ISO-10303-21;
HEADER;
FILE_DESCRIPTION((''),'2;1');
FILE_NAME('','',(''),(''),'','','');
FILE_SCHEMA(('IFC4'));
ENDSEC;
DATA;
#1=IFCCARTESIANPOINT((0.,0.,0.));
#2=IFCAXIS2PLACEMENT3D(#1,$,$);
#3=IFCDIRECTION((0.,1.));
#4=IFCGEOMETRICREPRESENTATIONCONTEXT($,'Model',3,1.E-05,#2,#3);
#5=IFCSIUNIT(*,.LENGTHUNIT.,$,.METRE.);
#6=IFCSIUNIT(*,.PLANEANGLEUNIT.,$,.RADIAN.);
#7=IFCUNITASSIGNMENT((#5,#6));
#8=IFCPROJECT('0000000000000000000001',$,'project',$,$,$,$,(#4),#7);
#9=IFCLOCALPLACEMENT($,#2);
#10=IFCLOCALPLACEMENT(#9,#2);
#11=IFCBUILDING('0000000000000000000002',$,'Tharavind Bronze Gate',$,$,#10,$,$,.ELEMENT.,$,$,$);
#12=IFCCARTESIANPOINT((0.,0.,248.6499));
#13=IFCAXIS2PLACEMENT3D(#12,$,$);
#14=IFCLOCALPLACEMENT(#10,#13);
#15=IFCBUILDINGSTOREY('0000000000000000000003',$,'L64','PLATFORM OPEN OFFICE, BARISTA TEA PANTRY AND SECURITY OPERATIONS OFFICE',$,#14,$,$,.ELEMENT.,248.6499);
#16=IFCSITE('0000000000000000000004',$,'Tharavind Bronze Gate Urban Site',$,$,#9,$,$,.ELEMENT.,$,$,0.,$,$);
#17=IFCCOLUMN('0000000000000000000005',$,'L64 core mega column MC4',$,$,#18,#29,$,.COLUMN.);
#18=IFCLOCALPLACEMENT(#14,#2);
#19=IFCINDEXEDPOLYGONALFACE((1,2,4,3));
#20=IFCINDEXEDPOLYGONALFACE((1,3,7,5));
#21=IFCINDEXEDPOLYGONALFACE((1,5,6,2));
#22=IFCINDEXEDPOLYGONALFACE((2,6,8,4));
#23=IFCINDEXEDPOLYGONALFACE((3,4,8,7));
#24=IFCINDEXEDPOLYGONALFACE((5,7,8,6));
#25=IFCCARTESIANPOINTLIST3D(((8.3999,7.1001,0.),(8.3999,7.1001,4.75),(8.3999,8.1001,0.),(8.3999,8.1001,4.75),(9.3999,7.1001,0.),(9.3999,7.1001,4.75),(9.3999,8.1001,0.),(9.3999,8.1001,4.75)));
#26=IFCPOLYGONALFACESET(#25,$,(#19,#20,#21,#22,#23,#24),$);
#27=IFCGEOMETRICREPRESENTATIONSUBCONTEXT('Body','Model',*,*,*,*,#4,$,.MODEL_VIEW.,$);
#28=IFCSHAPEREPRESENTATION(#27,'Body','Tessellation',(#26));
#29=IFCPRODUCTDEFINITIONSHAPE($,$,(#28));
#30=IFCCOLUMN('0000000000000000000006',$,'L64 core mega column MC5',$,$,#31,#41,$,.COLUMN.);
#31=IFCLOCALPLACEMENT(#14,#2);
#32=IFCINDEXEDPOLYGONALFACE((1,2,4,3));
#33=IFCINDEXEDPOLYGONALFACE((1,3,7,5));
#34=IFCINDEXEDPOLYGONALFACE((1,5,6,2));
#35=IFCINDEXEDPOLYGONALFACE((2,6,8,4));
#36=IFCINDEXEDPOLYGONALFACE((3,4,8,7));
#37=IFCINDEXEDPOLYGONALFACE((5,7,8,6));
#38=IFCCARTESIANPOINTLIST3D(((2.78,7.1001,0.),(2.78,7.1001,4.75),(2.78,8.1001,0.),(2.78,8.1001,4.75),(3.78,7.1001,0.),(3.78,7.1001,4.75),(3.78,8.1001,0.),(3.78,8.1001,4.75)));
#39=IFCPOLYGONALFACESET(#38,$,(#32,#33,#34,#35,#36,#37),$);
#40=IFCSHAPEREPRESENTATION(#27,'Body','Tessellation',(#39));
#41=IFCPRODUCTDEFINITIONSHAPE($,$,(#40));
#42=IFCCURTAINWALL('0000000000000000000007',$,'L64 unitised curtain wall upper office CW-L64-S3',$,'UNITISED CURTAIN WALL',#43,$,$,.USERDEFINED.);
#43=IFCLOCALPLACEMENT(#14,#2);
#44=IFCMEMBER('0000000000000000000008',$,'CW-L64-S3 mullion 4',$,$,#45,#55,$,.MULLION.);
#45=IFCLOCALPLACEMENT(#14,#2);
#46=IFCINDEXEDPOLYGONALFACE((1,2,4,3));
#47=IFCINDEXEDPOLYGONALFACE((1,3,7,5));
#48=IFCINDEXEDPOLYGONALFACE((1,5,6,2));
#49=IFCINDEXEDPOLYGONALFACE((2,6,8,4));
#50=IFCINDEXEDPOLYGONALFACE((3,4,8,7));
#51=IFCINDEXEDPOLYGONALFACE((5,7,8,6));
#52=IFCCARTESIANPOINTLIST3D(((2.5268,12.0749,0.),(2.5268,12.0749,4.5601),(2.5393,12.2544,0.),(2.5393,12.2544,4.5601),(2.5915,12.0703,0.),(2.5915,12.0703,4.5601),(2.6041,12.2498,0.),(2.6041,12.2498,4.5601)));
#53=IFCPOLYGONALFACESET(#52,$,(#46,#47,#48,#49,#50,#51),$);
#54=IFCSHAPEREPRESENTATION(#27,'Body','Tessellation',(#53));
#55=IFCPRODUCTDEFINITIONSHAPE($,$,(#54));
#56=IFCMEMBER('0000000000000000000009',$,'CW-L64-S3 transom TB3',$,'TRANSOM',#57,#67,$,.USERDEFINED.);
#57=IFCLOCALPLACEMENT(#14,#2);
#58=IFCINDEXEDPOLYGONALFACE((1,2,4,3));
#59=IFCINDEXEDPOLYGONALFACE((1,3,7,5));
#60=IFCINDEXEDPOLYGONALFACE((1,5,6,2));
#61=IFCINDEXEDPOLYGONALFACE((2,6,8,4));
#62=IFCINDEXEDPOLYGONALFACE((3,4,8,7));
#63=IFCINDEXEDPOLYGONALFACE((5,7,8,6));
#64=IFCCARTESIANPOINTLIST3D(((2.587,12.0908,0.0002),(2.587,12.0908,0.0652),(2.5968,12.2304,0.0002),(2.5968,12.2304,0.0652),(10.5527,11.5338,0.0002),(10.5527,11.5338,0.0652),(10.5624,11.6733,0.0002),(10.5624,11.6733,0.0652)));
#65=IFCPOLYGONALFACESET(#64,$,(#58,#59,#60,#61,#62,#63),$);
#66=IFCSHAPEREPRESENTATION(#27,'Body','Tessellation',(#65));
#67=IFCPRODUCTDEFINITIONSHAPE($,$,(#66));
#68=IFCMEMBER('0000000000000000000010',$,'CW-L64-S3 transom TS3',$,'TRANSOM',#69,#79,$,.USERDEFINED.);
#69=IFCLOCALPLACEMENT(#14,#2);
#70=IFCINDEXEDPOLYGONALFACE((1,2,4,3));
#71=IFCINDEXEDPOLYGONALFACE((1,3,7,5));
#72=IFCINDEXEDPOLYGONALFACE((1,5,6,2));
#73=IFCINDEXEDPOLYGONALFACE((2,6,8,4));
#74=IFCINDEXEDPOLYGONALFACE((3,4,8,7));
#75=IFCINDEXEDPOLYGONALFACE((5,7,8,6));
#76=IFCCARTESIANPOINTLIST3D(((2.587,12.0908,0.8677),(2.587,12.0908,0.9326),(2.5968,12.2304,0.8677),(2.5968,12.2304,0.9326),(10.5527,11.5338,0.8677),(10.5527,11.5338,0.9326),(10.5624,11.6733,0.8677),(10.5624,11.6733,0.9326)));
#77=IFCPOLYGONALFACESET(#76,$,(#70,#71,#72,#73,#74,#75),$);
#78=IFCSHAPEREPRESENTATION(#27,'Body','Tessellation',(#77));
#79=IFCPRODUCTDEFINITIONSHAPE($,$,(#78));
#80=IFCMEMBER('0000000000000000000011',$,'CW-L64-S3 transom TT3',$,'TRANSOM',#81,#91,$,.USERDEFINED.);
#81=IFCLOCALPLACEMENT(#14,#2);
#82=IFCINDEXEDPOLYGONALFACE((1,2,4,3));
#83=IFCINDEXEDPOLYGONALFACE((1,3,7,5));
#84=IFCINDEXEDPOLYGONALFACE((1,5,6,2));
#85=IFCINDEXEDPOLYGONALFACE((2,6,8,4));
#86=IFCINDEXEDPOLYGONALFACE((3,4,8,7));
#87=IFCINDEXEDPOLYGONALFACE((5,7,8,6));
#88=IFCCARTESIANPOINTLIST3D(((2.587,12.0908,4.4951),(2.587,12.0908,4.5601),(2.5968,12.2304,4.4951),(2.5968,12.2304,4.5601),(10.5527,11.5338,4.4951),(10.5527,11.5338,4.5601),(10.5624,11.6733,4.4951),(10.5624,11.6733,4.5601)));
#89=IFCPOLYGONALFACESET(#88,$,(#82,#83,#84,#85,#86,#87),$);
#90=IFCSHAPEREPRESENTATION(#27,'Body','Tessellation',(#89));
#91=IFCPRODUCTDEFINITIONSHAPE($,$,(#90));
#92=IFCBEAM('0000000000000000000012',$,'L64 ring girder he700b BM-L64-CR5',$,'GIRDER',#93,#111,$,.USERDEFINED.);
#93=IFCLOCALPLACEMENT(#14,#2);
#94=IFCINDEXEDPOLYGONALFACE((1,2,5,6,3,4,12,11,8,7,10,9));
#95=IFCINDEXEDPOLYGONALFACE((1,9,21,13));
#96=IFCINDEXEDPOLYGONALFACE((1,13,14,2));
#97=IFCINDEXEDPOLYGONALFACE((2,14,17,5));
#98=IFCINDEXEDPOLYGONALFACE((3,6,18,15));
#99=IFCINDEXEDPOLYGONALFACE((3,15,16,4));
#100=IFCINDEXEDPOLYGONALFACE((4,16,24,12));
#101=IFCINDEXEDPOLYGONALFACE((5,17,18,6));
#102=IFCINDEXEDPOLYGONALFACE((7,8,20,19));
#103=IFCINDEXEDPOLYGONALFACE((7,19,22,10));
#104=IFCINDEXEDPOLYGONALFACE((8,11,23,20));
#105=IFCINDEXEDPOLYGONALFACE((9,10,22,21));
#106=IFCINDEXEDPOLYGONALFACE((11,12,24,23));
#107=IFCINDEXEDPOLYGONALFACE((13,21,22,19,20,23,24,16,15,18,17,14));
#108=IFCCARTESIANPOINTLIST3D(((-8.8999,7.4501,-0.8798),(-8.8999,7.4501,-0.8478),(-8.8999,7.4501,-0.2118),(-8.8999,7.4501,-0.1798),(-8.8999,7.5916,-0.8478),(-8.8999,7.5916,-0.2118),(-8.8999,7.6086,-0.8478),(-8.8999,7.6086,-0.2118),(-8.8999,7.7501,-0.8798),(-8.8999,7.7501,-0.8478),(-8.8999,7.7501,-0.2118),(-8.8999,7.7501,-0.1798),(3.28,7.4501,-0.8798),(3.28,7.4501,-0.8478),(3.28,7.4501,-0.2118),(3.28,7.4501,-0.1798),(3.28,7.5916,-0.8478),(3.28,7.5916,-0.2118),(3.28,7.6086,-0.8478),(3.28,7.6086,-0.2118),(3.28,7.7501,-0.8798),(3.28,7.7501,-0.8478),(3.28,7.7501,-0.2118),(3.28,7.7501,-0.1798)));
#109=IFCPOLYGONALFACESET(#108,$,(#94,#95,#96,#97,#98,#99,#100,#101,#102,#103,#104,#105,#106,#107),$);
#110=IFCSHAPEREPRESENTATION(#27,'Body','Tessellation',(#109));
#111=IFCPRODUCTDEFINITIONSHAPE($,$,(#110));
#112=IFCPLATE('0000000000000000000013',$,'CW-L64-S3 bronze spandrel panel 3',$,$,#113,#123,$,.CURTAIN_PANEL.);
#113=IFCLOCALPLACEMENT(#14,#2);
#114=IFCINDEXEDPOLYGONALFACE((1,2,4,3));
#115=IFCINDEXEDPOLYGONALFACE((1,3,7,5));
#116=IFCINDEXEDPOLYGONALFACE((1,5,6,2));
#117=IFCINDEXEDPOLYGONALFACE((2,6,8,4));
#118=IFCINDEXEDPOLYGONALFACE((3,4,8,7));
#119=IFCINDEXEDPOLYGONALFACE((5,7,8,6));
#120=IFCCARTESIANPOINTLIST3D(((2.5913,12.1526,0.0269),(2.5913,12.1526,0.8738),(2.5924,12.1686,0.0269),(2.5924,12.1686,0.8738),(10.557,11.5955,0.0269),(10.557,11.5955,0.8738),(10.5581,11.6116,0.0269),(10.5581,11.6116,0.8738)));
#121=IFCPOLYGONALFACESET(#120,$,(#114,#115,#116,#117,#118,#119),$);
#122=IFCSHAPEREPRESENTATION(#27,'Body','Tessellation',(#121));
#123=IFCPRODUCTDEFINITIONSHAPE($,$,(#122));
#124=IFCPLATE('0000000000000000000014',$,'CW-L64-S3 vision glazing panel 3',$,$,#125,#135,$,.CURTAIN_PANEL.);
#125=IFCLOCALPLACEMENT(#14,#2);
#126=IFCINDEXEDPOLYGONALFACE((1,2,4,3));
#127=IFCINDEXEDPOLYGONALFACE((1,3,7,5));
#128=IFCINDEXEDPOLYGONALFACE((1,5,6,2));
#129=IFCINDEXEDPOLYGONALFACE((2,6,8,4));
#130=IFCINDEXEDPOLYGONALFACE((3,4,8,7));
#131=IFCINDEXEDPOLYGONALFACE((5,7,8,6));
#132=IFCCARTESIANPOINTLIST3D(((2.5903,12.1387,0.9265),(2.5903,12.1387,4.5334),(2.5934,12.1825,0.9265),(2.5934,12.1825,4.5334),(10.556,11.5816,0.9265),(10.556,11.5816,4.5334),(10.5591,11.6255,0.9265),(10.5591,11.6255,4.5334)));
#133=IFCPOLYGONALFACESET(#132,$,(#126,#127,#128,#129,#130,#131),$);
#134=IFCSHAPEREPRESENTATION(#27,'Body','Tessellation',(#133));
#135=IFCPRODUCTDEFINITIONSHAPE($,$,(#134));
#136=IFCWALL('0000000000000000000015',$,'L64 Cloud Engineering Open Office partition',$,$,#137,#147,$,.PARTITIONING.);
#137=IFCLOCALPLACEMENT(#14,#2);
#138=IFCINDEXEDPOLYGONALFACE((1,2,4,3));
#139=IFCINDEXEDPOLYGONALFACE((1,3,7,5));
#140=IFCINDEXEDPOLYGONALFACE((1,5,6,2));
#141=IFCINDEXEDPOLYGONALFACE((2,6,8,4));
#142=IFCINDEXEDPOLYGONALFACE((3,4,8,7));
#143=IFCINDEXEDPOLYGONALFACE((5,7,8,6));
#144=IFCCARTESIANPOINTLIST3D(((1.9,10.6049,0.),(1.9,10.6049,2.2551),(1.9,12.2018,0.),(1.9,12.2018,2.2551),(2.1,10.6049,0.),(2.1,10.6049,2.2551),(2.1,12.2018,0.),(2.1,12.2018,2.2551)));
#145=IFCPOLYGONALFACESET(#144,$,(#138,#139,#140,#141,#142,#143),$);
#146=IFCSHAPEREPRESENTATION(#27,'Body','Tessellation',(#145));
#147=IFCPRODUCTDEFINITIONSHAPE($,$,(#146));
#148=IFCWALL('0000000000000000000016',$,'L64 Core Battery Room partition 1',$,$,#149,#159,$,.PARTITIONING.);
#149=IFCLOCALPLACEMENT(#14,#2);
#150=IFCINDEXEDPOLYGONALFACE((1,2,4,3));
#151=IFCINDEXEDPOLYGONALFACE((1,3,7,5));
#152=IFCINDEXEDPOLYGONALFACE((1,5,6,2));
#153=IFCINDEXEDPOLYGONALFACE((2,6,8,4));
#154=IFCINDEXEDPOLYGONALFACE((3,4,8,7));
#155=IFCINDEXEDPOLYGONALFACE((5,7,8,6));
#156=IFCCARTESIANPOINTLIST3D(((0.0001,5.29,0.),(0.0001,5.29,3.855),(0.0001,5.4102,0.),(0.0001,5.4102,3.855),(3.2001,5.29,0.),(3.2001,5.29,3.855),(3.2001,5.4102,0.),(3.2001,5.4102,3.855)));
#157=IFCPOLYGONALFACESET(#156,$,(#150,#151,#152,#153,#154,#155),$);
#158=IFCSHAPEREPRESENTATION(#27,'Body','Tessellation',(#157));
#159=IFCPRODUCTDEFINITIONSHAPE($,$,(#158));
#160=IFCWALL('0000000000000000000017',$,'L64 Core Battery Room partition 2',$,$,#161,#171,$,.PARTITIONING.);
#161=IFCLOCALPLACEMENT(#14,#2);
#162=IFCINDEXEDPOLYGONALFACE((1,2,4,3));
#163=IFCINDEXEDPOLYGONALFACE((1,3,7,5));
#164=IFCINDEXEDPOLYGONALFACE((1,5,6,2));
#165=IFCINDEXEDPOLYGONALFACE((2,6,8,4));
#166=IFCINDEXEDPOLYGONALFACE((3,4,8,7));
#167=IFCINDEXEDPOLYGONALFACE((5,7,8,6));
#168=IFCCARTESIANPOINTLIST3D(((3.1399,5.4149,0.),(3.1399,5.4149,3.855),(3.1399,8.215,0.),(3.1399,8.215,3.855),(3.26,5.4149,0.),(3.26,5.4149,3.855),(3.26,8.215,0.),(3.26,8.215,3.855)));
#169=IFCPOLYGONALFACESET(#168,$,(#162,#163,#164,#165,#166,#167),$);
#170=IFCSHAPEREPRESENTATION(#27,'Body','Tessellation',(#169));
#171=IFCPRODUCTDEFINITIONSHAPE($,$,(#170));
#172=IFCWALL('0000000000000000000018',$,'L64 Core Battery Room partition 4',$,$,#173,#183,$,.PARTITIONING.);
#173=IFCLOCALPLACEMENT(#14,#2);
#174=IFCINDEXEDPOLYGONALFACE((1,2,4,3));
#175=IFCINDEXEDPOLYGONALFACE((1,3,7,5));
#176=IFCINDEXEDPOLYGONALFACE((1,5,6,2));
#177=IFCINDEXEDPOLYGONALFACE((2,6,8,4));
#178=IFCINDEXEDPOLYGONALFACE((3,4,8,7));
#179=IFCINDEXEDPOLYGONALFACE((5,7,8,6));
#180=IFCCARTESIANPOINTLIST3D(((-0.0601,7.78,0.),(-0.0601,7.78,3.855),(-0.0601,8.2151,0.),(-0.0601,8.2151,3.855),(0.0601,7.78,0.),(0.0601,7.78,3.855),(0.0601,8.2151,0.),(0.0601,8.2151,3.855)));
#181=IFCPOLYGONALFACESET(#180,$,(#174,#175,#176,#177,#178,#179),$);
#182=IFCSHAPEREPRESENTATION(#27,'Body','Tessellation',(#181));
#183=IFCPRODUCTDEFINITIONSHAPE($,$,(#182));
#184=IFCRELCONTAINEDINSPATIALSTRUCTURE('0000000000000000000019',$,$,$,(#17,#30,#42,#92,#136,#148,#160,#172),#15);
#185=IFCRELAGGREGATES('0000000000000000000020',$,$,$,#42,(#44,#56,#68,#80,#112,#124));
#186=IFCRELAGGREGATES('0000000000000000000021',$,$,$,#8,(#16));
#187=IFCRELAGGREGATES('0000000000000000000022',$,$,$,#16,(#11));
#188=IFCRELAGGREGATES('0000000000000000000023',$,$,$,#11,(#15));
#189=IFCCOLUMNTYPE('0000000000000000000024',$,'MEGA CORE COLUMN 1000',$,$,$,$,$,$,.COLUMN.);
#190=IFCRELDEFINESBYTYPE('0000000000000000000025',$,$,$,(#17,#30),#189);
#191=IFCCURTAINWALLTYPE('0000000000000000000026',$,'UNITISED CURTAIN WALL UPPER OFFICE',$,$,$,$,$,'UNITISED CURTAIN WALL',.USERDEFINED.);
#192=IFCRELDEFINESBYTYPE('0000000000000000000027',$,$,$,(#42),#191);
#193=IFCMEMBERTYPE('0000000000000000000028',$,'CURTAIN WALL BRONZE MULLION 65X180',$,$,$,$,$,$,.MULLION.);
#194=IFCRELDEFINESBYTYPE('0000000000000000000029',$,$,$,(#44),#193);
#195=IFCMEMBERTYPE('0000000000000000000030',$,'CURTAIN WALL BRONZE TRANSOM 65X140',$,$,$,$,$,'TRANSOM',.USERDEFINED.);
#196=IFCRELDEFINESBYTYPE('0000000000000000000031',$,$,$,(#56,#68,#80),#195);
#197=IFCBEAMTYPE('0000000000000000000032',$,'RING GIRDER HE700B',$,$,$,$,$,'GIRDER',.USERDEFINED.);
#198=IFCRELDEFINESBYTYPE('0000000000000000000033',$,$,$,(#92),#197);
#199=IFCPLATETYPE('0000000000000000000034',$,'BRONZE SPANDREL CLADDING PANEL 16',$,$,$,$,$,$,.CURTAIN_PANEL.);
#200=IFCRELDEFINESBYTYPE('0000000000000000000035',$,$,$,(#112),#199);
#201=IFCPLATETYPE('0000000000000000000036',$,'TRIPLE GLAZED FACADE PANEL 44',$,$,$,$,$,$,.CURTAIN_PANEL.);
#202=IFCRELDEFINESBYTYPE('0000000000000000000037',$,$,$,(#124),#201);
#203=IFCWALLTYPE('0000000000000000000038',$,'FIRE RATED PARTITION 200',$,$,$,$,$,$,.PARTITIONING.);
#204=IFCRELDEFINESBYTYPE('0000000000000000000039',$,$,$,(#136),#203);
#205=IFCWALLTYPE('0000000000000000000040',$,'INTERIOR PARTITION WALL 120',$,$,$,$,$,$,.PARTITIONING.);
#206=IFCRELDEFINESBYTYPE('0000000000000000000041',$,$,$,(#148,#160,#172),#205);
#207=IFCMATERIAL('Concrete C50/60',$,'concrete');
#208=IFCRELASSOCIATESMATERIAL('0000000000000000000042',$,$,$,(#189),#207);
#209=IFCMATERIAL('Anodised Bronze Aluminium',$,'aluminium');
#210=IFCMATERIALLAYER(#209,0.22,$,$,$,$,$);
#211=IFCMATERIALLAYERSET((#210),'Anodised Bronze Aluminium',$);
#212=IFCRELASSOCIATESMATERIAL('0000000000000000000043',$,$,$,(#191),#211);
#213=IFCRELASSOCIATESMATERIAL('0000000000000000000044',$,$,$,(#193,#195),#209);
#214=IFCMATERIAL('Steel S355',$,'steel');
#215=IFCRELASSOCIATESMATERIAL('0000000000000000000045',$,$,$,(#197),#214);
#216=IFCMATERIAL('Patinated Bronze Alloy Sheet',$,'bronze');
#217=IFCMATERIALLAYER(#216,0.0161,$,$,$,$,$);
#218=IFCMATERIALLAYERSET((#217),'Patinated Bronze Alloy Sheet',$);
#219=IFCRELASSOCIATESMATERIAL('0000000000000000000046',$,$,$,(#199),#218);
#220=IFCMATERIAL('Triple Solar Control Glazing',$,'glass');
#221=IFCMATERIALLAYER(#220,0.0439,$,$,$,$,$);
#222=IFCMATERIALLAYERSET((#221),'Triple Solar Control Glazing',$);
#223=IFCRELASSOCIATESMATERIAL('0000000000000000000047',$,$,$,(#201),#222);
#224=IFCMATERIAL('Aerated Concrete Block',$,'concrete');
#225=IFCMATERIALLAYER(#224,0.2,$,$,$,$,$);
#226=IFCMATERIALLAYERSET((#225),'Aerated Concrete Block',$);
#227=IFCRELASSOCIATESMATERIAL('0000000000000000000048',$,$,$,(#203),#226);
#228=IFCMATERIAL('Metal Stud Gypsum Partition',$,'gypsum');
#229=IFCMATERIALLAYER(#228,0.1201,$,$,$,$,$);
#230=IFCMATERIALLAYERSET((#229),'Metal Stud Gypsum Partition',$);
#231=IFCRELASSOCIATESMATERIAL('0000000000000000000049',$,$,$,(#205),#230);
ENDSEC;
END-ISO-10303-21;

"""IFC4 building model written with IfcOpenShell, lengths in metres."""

from ifc_helpers import new_model, si_unit, direction, frame, frame_2d, origin, origin_2d, place, context, subcontext, project, spatial, rectangle, i_section, extrude, material, layer, layer_set, material_profile, profile_set, type_object, element, aggregate, save


model = new_model("IFC4")

# Units and contexts
model_context = context("Model", 3, precision=1e-05, world=origin(), true_north=direction((0.0, 1.0)))
body_context = subcontext(model_context, "Body", "Model", "MODEL_VIEW")
ifc_project = project(units=[si_unit("LENGTHUNIT", "METRE"), si_unit("PLANEANGLEUNIT", "RADIAN")], contexts=[model_context])

# Site, building, storey
site_placement = place(None, origin())
site = spatial("IfcSite", under=ifc_project, at=site_placement, Name="Tharavind Bronze Gate Urban Site", CompositionType="ELEMENT", RefElevation=0.0)
building_placement = place(site_placement, origin())
building = spatial("IfcBuilding", under=site, at=building_placement, Name="Tharavind Bronze Gate", CompositionType="ELEMENT")
storey_placement = place(building_placement, frame((0.0, 0.0, 248.6499)))
storey = spatial("IfcBuildingStorey", under=building, at=storey_placement, Name="L64", Description="PLATFORM OPEN OFFICE, BARISTA TEA PANTRY AND SECURITY OPERATIONS OFFICE", CompositionType="ELEMENT", Elevation=248.6499)

# Columns
ifc_material_1 = material(Name="Concrete C50/60", Category="concrete")
ifc_material_profile_1 = material_profile(ifc_material_1, rectangle(XDim=1.0, YDim=1.0, at=origin_2d()), Name="RCCOL1000")
ifc_profile_set_1 = profile_set([ifc_material_profile_1], Name="Concrete C50/60")
column_type = type_object("IfcColumnType", Name="MEGA CORE COLUMN 1000", PredefinedType="COLUMN", material=ifc_profile_set_1)
for number, where, z_axis, x_axis, name in (
    (1, (8.8999, 7.6001, 0.0), (0.0, 0.0, 1.0), (1.0, 0.0, 0.0), "L64 core mega column MC4"),
    (2, (3.28, 7.6001, 0.0), (0.0, 0.0, 1.0), (1.0, 0.0, 0.0), "L64 core mega column MC5"),
):
    element("IfcColumn", number, at=place(storey_placement, frame(where, z_axis=z_axis, x_axis=x_axis)), inside=storey, type_object=column_type, Name=name, PredefinedType="COLUMN", context=body_context, shape_type="SweptSolid", body=[
        extrude(rectangle(XDim=1.0, YDim=1.0, at=origin_2d()), origin(), (0.0, 0.0, 1.0), 4.75),
    ])

# Curtain wall, members
ifc_material_2 = material(Name="Anodised Bronze Aluminium", Category="aluminium")
ifc_layer_1 = layer(ifc_material_2, 0.22)
ifc_layer_set_1 = layer_set([ifc_layer_1], Name="Anodised Bronze Aluminium")
curtain_wall_type = type_object("IfcCurtainWallType", Name="UNITISED CURTAIN WALL UPPER OFFICE", ElementType="UNITISED CURTAIN WALL", PredefinedType="USERDEFINED", material=ifc_layer_set_1)
curtain_wall_placement = place(storey_placement, origin())
curtain_wall = element("IfcCurtainWall", 3, at=curtain_wall_placement, inside=storey, type_object=curtain_wall_type, Name="L64 unitised curtain wall upper office CW-L64-S3", ObjectType="UNITISED CURTAIN WALL", PredefinedType="USERDEFINED")
member_type_1 = type_object("IfcMemberType", Name="CURTAIN WALL BRONZE MULLION 65X180", PredefinedType="MULLION", material=ifc_material_2)
member_1_placement = place(storey_placement, frame((2.5654, 12.1624, 0.0), z_axis=(0.0, 0.0, 1.0), x_axis=(-0.997564, 0.069758, 0.0)))
member_1 = element("IfcMember", 4, at=member_1_placement, type_object=member_type_1, Name="CW-L64-S3 mullion 4", PredefinedType="MULLION", context=body_context, shape_type="SweptSolid", body=[
    extrude(rectangle(XDim=0.0649, YDim=0.1799, at=origin_2d()), origin(), (0.0, 0.0, 1.0), 4.5601),
])
member_type_2 = type_object("IfcMemberType", Name="CURTAIN WALL BRONZE TRANSOM 65X140", ElementType="TRANSOM", PredefinedType="USERDEFINED", material=ifc_material_2)
member_2_placement = place(storey_placement, frame((6.5747, 11.8821, 0.0002), z_axis=(0.0, 0.0, 1.0), x_axis=(-0.997564, 0.069758, 0.0)))
member_2 = element("IfcMember", 5, at=member_2_placement, type_object=member_type_2, Name="CW-L64-S3 transom TB3", ObjectType="TRANSOM", PredefinedType="USERDEFINED", context=body_context, shape_type="SweptSolid", body=[
    extrude(rectangle(XDim=7.9851, YDim=0.1399, at=origin_2d()), origin(), (0.0, 0.0, 1.0), 0.0649),
])
member_3_placement = place(storey_placement, frame((6.5747, 11.8821, 0.8677), z_axis=(0.0, 0.0, 1.0), x_axis=(-0.997564, 0.069758, 0.0)))
member_3 = element("IfcMember", 6, at=member_3_placement, type_object=member_type_2, Name="CW-L64-S3 transom TS3", ObjectType="TRANSOM", PredefinedType="USERDEFINED", context=body_context, shape_type="SweptSolid", body=[
    extrude(rectangle(XDim=7.9851, YDim=0.1399, at=origin_2d()), origin(), (0.0, 0.0, 1.0), 0.0649),
])
member_4_placement = place(storey_placement, frame((6.5747, 11.8821, 4.4951), z_axis=(0.0, 0.0, 1.0), x_axis=(-0.997564, 0.069758, 0.0)))
member_4 = element("IfcMember", 7, at=member_4_placement, type_object=member_type_2, Name="CW-L64-S3 transom TT3", ObjectType="TRANSOM", PredefinedType="USERDEFINED", context=body_context, shape_type="SweptSolid", body=[
    extrude(rectangle(XDim=7.9851, YDim=0.1399, at=origin_2d()), origin(), (0.0, 0.0, 1.0), 0.0649),
])

# Beam
ifc_material_3 = material(Name="Steel S355", Category="steel")
ifc_material_profile_2 = material_profile(ifc_material_3, i_section(OverallWidth=0.3, OverallDepth=0.7, WebThickness=0.0171, FlangeThickness=0.032, at=origin_2d()), Name="HE700B")
ifc_profile_set_2 = profile_set([ifc_material_profile_2], Name="Steel S355")
beam_type = type_object("IfcBeamType", Name="RING GIRDER HE700B", ElementType="GIRDER", PredefinedType="USERDEFINED", material=ifc_profile_set_2)
beam_placement = place(storey_placement, frame((3.28, 7.6001, -0.5298), z_axis=(-1.0, 0.0, 0.0), x_axis=(0.0, -1.0, 0.0)))
element("IfcBeam", 8, at=beam_placement, inside=storey, type_object=beam_type, Name="L64 ring girder he700b BM-L64-CR5", ObjectType="GIRDER", PredefinedType="USERDEFINED", context=body_context, shape_type="SweptSolid", body=[
    extrude(i_section(OverallWidth=0.3, OverallDepth=0.7, WebThickness=0.0171, FlangeThickness=0.032, at=origin_2d()), origin(), (0.0, 0.0, 1.0), 12.1799),
])

# Plates
ifc_material_4 = material(Name="Patinated Bronze Alloy Sheet", Category="bronze")
ifc_layer_2 = layer(ifc_material_4, 0.0161)
ifc_layer_set_2 = layer_set([ifc_layer_2], Name="Patinated Bronze Alloy Sheet")
plate_type_1 = type_object("IfcPlateType", Name="BRONZE SPANDREL CLADDING PANEL 16", PredefinedType="CURTAIN_PANEL", material=ifc_layer_set_2)
plate_1_placement = place(storey_placement, frame((6.5747, 11.8821, 0.0269), z_axis=(0.0, 0.0, 1.0), x_axis=(-0.997564, 0.069758, 0.0)))
plate_1 = element("IfcPlate", 9, at=plate_1_placement, type_object=plate_type_1, Name="CW-L64-S3 bronze spandrel panel 3", PredefinedType="CURTAIN_PANEL", context=body_context, shape_type="SweptSolid", body=[
    extrude(rectangle(XDim=7.9851, YDim=0.0161, at=origin_2d()), origin(), (0.0, 0.0, 1.0), 0.8469),
])
ifc_material_5 = material(Name="Triple Solar Control Glazing", Category="glass")
ifc_layer_3 = layer(ifc_material_5, 0.0439)
ifc_layer_set_3 = layer_set([ifc_layer_3], Name="Triple Solar Control Glazing")
plate_type_2 = type_object("IfcPlateType", Name="TRIPLE GLAZED FACADE PANEL 44", PredefinedType="CURTAIN_PANEL", material=ifc_layer_set_3)
plate_2_placement = place(storey_placement, frame((6.5747, 11.8821, 0.9265), z_axis=(0.0, 0.0, 1.0), x_axis=(-0.997564, 0.069758, 0.0)))
plate_2 = element("IfcPlate", 10, at=plate_2_placement, type_object=plate_type_2, Name="CW-L64-S3 vision glazing panel 3", PredefinedType="CURTAIN_PANEL", context=body_context, shape_type="SweptSolid", body=[
    extrude(rectangle(XDim=7.9851, YDim=0.0439, at=origin_2d()), origin(), (0.0, 0.0, 1.0), 3.6069),
])
aggregate(curtain_wall, [member_1, member_2, member_3, member_4, plate_1, plate_2])

# Walls
ifc_material_6 = material(Name="Aerated Concrete Block", Category="concrete")
ifc_layer_4 = layer(ifc_material_6, 0.2)
ifc_layer_set_4 = layer_set([ifc_layer_4], Name="Aerated Concrete Block")
wall_type_1 = type_object("IfcWallType", Name="FIRE RATED PARTITION 200", PredefinedType="PARTITIONING", material=ifc_layer_set_4)
wall_1_placement = place(storey_placement, frame((2.0, 10.605, 0.0), z_axis=(0.0, 0.0, 1.0), x_axis=(0.0, 1.0, 0.0)))
element("IfcWall", 11, at=wall_1_placement, inside=storey, type_object=wall_type_1, Name="L64 Cloud Engineering Open Office partition", PredefinedType="PARTITIONING", context=body_context, shape_type="SweptSolid", body=[
    extrude(rectangle(XDim=1.5969, YDim=0.2, at=frame_2d((0.7983, 0.0))), origin(), (0.0, 0.0, 1.0), 2.2551),
])
ifc_material_7 = material(Name="Metal Stud Gypsum Partition", Category="gypsum")
ifc_layer_5 = layer(ifc_material_7, 0.1201)
ifc_layer_set_5 = layer_set([ifc_layer_5], Name="Metal Stud Gypsum Partition")
wall_type_2 = type_object("IfcWallType", Name="INTERIOR PARTITION WALL 120", PredefinedType="PARTITIONING", material=ifc_layer_set_5)
wall_2_placement = place(storey_placement, frame((0.0, 5.3501, 0.0), z_axis=(0.0, 0.0, 1.0), x_axis=(1.0, 0.0, 0.0)))
element("IfcWall", 12, at=wall_2_placement, inside=storey, type_object=wall_type_2, Name="L64 Core Battery Room partition 1", PredefinedType="PARTITIONING", context=body_context, shape_type="SweptSolid", body=[
    extrude(rectangle(XDim=3.2, YDim=0.1201, at=frame_2d((1.6001, 0.0))), origin(), (0.0, 0.0, 1.0), 3.855),
])
wall_3_placement = place(storey_placement, frame((3.2, 5.415, 0.0), z_axis=(0.0, 0.0, 1.0), x_axis=(0.0, 1.0, 0.0)))
element("IfcWall", 13, at=wall_3_placement, inside=storey, type_object=wall_type_2, Name="L64 Core Battery Room partition 2", PredefinedType="PARTITIONING", context=body_context, shape_type="SweptSolid", body=[
    extrude(rectangle(XDim=2.8, YDim=0.1201, at=frame_2d((1.3999, 0.0))), origin(), (0.0, 0.0, 1.0), 3.855),
])
wall_4_placement = place(storey_placement, frame((0.0, 8.2151, 0.0), z_axis=(0.0, 0.0, 1.0), x_axis=(0.0, -1.0, 0.0)))
element("IfcWall", 14, at=wall_4_placement, inside=storey, type_object=wall_type_2, Name="L64 Core Battery Room partition 4", PredefinedType="PARTITIONING", context=body_context, shape_type="SweptSolid", body=[
    extrude(rectangle(XDim=0.4351, YDim=0.1201, at=frame_2d((0.2175, 0.0))), origin(), (0.0, 0.0, 1.0), 3.855),
])

save(model, "model.ifc")
